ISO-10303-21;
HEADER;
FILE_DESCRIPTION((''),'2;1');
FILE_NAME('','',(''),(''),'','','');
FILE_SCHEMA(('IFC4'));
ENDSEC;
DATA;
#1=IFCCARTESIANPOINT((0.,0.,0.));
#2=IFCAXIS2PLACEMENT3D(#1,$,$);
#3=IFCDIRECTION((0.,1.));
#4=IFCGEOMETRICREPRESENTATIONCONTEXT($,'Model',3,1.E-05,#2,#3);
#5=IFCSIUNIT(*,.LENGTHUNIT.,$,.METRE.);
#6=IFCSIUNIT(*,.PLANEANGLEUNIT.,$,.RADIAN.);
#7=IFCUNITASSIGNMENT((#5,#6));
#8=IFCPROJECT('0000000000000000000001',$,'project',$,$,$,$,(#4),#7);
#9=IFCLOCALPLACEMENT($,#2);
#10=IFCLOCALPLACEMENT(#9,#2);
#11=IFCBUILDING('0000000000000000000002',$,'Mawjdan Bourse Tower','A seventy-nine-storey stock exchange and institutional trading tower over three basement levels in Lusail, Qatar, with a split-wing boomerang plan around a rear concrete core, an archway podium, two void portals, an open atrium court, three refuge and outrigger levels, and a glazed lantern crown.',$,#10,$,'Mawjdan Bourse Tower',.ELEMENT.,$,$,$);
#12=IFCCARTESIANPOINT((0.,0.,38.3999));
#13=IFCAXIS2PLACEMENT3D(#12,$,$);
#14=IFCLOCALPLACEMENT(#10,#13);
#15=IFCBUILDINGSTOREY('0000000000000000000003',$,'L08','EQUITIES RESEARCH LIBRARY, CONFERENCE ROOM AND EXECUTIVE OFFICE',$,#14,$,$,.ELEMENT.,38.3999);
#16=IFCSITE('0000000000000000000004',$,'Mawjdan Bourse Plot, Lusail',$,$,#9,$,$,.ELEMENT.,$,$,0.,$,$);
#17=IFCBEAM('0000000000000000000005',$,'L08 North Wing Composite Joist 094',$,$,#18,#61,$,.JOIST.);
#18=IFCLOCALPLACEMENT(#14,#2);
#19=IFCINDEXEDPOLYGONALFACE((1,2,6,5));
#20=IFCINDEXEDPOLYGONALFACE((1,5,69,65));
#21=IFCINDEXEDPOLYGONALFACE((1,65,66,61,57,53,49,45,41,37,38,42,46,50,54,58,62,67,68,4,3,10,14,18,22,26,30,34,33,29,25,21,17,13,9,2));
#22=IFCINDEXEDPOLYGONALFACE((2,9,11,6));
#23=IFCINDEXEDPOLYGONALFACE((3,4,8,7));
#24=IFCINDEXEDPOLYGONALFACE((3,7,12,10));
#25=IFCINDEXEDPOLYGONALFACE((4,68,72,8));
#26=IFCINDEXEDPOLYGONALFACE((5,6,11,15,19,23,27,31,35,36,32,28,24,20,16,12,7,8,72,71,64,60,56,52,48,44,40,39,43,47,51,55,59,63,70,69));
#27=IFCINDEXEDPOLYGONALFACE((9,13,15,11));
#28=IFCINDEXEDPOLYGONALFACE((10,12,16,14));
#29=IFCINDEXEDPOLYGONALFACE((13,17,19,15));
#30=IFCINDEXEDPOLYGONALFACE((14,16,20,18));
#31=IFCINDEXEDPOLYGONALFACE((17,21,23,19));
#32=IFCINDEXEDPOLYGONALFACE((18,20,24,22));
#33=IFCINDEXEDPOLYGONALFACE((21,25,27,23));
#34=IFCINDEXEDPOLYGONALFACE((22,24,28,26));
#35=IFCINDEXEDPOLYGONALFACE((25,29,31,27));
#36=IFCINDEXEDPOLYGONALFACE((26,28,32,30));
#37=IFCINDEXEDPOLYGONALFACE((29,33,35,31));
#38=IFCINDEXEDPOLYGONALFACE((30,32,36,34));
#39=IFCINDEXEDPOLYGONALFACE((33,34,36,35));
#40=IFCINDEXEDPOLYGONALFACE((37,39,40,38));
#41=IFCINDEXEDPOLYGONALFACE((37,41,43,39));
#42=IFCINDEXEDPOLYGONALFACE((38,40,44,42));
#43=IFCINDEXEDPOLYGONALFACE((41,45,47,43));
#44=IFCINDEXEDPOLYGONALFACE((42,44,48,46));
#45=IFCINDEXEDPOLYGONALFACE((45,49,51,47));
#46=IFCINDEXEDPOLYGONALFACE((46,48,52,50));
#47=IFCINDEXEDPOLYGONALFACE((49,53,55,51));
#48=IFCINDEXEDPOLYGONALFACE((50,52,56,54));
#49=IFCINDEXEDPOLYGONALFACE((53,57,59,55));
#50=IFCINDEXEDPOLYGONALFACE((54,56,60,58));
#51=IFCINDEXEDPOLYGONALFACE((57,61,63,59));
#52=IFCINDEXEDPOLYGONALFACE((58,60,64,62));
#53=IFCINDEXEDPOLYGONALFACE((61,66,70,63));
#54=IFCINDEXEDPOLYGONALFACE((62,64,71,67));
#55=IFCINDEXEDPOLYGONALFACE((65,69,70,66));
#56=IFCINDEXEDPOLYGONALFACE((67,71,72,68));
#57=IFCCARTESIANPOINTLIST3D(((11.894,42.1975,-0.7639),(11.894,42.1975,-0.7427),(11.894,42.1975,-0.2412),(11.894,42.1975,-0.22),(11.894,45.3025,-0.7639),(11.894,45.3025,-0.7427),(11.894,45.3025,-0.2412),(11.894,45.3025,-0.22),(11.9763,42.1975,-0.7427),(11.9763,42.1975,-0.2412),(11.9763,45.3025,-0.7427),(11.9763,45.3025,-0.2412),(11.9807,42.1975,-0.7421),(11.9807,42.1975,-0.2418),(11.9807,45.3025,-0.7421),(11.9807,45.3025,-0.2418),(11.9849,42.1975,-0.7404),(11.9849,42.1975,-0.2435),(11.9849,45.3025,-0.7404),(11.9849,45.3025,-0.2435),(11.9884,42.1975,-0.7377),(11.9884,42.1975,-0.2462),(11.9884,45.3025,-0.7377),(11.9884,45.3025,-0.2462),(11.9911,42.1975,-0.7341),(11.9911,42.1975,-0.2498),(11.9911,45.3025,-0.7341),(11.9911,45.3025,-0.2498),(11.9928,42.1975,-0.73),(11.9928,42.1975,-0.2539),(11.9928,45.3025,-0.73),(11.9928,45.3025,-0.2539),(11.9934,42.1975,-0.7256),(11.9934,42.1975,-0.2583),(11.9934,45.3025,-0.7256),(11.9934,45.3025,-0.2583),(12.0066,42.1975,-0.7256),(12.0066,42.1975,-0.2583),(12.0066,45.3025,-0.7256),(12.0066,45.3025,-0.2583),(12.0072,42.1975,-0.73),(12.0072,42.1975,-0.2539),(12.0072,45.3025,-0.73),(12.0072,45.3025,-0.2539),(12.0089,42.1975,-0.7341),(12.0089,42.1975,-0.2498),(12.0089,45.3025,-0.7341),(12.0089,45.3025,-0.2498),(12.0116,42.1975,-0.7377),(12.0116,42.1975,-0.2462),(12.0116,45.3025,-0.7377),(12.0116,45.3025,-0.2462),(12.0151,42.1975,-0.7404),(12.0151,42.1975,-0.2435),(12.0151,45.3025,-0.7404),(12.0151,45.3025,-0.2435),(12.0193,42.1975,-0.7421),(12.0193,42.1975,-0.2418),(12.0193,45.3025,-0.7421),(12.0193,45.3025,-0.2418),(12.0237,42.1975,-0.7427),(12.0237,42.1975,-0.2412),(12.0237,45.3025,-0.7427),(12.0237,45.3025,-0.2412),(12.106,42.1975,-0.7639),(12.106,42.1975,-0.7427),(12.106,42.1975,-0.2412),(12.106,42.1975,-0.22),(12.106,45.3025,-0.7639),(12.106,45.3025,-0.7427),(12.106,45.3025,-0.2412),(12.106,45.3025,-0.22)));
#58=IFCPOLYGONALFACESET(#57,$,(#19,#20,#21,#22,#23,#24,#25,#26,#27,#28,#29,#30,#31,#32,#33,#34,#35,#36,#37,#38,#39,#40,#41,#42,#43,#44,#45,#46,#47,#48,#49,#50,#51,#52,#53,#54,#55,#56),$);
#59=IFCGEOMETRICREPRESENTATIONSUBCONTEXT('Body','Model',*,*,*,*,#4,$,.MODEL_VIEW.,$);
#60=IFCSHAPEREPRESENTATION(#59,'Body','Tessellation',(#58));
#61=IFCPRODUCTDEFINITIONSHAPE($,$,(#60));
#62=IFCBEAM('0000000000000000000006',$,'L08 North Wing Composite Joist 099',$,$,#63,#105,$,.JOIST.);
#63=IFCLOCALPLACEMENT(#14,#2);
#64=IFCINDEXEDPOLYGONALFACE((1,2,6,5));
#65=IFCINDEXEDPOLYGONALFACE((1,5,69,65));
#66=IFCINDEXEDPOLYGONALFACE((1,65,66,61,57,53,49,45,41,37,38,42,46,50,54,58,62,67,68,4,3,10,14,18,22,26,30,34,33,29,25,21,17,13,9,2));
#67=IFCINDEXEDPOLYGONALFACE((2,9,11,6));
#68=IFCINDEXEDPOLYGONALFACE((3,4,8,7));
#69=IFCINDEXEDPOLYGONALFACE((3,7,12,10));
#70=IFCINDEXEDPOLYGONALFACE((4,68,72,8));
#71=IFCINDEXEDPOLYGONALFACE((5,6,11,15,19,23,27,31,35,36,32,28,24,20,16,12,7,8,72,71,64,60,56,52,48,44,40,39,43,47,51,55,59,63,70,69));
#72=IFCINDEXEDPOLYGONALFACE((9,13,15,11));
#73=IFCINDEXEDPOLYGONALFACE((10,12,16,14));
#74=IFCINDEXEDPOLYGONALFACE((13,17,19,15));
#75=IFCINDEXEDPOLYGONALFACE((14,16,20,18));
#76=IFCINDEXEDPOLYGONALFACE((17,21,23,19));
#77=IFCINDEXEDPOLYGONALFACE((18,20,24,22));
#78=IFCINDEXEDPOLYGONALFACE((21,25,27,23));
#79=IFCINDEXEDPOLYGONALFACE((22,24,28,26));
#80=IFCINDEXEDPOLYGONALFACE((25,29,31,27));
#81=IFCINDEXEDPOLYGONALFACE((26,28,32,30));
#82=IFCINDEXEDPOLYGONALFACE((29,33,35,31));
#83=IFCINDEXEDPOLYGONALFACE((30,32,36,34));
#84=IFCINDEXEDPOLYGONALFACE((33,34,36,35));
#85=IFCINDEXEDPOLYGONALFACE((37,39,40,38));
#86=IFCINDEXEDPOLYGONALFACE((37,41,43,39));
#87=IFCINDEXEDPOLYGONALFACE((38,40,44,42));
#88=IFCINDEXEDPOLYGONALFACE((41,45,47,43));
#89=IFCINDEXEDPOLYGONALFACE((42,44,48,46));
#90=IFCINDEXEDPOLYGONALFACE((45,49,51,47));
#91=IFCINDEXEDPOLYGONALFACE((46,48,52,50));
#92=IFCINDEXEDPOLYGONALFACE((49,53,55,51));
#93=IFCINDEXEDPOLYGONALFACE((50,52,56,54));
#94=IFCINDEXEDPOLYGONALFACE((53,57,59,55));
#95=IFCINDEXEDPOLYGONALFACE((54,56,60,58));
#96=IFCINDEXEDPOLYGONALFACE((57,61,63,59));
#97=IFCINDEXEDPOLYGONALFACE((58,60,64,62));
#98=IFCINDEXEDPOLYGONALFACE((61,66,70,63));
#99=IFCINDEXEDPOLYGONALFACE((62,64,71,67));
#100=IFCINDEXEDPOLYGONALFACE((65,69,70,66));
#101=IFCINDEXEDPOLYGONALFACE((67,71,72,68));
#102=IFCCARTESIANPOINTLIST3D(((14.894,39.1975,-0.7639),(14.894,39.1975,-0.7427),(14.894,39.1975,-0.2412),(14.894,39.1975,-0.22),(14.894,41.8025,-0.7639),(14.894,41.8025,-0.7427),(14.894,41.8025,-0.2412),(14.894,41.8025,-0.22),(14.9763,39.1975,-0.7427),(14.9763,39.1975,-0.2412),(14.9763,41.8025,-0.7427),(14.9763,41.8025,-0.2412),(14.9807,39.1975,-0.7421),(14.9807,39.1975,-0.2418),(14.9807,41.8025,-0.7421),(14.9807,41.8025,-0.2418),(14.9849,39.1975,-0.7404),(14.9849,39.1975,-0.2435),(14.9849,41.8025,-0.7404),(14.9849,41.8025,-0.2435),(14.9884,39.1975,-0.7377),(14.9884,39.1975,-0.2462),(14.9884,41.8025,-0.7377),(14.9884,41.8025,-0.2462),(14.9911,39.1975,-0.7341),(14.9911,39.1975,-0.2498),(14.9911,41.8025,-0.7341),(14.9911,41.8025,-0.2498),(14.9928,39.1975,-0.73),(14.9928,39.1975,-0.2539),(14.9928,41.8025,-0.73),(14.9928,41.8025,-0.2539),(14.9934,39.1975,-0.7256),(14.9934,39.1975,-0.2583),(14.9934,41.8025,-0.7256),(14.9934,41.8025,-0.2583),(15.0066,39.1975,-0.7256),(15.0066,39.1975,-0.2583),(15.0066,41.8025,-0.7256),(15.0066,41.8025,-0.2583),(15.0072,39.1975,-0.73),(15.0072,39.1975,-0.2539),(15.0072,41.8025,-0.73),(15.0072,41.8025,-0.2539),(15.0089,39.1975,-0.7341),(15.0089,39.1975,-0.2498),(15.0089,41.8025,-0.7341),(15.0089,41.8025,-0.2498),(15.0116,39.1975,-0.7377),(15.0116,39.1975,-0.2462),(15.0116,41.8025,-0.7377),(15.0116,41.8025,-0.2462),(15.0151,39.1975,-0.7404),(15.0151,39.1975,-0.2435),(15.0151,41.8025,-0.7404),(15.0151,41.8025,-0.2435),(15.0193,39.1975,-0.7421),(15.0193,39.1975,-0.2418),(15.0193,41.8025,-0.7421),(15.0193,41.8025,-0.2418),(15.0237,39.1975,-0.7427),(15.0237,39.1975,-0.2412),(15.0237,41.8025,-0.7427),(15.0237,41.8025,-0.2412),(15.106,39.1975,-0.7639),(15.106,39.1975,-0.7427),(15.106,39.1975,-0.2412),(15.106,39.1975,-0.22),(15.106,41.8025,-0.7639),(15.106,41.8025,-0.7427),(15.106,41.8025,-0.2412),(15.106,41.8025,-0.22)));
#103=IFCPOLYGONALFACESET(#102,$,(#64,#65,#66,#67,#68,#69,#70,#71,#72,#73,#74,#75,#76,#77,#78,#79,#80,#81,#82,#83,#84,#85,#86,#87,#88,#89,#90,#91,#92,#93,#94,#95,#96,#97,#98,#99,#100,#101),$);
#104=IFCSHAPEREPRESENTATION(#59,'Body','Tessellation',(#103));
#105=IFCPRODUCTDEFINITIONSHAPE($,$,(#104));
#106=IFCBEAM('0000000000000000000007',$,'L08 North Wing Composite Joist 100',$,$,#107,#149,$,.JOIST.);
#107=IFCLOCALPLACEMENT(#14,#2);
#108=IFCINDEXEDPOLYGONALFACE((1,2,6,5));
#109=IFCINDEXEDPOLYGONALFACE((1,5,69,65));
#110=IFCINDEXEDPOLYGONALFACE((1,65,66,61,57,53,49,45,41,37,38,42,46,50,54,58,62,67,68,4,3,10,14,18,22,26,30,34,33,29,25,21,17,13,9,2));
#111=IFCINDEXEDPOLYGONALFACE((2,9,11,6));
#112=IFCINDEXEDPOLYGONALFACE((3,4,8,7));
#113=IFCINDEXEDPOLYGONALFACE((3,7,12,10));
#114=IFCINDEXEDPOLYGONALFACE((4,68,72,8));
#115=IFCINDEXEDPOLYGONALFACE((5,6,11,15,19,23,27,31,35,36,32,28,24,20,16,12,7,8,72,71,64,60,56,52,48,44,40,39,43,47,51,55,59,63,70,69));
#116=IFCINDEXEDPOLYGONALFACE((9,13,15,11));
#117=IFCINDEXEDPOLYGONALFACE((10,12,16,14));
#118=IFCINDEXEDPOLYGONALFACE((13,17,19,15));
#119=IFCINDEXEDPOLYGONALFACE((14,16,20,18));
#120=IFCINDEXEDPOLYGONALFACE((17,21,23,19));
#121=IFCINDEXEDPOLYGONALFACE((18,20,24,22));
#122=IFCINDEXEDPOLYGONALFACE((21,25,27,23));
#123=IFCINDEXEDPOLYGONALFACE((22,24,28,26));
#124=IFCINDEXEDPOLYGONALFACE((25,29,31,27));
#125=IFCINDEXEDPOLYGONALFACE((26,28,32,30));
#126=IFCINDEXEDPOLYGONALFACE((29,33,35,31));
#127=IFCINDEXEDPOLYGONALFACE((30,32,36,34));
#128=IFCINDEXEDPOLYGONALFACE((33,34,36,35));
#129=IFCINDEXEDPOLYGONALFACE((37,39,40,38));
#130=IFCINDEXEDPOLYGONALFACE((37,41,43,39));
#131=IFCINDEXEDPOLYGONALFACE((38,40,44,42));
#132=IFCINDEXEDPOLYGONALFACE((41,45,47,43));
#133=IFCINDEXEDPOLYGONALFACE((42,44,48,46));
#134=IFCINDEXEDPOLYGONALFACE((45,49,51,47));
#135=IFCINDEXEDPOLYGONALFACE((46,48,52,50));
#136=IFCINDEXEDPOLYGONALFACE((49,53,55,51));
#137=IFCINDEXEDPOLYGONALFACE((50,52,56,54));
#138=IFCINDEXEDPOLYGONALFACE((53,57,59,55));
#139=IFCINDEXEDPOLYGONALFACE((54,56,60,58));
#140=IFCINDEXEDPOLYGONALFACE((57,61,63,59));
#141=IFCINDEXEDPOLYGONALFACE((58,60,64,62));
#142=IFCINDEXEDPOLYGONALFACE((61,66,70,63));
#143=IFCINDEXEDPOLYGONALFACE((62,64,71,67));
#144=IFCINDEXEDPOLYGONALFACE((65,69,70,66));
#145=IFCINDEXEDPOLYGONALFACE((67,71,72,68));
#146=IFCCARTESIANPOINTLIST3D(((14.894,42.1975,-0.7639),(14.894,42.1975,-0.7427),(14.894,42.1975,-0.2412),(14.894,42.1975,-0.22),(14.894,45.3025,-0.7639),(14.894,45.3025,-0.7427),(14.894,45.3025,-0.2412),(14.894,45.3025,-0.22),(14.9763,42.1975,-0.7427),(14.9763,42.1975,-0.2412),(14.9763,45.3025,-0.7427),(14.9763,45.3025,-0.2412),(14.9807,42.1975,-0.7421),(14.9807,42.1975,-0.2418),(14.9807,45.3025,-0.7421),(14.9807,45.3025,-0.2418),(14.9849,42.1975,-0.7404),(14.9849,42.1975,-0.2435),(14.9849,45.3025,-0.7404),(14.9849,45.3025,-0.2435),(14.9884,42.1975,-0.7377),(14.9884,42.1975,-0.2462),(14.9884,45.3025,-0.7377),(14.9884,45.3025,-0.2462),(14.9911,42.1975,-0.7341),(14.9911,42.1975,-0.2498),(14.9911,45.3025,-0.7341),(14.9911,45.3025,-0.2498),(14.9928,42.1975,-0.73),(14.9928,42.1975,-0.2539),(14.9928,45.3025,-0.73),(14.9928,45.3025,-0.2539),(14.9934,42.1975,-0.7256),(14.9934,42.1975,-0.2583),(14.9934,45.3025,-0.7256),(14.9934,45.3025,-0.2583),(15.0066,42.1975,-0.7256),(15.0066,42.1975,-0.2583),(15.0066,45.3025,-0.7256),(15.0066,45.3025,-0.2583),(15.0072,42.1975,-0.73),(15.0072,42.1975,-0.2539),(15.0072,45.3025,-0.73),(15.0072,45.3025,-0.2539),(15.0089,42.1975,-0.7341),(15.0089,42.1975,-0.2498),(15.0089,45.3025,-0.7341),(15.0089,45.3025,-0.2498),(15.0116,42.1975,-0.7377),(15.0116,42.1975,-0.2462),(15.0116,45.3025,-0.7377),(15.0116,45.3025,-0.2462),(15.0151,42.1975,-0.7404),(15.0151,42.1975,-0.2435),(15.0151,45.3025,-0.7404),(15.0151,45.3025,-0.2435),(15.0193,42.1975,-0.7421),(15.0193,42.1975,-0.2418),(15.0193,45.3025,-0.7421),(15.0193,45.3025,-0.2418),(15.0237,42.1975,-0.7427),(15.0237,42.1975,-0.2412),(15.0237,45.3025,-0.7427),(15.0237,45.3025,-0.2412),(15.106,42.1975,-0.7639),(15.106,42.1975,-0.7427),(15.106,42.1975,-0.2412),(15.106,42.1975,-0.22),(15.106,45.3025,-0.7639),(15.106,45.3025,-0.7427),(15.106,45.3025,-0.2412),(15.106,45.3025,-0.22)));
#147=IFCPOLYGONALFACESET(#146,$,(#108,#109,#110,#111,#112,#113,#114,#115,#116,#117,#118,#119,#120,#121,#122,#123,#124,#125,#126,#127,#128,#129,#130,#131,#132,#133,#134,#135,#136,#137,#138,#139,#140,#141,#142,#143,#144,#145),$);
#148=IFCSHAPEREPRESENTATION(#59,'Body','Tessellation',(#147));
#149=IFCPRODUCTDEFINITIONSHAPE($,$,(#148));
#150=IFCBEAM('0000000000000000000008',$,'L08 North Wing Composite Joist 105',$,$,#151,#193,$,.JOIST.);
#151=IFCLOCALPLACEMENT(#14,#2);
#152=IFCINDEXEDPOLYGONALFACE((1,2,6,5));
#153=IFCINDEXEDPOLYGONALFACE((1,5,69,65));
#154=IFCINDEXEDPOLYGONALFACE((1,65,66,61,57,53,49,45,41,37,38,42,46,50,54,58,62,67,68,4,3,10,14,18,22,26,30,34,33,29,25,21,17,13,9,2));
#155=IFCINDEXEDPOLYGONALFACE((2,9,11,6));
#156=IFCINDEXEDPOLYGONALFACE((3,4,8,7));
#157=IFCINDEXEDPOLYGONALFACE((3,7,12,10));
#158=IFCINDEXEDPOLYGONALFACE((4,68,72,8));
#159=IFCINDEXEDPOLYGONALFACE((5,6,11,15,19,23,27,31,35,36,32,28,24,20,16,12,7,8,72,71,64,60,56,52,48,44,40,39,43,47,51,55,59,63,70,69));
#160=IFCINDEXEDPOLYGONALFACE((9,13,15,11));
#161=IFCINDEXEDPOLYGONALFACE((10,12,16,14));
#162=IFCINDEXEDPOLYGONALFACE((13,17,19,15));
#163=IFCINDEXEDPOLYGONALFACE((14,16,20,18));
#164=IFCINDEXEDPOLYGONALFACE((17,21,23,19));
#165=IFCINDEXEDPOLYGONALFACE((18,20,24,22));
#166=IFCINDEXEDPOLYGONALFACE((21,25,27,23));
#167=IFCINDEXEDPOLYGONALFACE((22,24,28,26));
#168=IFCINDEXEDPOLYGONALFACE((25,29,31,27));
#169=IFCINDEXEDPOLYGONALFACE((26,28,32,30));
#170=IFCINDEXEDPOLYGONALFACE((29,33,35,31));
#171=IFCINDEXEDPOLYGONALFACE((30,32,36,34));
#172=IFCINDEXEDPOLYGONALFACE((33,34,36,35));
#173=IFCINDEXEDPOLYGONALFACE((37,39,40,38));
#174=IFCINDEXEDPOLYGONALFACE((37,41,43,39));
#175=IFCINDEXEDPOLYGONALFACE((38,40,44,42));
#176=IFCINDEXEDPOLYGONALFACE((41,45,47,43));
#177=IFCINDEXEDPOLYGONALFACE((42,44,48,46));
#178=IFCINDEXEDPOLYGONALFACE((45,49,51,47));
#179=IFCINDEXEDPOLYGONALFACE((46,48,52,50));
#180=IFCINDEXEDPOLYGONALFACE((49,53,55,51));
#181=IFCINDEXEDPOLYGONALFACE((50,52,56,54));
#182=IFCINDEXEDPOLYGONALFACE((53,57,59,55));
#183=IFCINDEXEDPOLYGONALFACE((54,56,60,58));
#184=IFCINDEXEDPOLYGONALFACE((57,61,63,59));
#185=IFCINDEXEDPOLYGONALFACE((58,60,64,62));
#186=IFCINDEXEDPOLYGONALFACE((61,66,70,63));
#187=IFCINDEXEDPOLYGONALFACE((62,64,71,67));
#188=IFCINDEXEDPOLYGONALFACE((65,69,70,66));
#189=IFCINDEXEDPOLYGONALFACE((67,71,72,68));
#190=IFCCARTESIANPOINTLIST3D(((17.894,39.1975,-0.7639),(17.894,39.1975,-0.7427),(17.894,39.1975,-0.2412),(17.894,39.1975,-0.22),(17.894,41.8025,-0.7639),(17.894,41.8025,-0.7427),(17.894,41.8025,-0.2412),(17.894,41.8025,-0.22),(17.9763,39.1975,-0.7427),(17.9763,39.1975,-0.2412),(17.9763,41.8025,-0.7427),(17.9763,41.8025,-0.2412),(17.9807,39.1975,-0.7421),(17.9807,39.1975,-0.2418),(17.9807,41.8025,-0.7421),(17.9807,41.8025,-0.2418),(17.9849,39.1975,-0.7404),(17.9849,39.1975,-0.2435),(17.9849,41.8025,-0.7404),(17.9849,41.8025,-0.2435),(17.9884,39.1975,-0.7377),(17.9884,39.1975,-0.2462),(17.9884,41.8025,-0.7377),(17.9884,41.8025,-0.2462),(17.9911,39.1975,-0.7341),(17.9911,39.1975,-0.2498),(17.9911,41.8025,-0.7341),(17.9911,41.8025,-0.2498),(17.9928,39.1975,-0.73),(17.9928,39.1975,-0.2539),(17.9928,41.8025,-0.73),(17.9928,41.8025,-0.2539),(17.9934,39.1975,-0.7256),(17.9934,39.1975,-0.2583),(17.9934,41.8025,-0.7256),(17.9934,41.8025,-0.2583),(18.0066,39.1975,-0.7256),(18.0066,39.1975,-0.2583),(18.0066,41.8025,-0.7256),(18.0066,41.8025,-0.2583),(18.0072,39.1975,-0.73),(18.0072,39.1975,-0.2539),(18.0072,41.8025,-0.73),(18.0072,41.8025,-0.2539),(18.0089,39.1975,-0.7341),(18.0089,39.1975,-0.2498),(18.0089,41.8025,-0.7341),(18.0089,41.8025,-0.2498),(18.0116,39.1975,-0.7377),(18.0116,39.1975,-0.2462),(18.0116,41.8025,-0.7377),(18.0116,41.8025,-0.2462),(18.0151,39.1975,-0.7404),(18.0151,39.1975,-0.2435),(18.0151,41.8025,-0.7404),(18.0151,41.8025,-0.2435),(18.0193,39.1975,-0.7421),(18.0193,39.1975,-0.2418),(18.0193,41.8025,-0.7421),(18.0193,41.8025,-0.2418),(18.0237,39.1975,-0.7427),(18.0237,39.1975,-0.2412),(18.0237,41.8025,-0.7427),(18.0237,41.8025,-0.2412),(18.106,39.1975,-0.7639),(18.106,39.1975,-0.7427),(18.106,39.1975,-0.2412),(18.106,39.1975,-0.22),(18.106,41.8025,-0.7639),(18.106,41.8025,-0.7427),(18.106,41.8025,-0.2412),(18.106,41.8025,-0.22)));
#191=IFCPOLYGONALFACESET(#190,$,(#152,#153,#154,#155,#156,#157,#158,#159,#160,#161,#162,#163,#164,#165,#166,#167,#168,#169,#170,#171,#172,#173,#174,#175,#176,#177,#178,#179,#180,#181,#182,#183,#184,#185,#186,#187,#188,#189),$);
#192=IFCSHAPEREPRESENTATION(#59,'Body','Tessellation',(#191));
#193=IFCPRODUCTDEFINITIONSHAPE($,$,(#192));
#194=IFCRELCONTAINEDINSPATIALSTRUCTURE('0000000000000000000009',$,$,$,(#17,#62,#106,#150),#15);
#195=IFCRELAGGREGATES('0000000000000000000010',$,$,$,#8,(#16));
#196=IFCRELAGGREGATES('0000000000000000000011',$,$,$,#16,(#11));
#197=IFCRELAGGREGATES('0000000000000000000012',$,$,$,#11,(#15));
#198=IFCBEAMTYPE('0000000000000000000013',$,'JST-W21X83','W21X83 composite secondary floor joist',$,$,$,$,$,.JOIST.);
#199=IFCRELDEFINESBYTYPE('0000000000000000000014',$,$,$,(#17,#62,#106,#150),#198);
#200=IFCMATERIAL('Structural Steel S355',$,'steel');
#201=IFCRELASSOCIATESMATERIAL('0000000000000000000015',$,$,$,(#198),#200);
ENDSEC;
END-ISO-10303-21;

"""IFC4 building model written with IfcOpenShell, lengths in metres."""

from ifc_helpers import new_model, si_unit, direction, frame, origin, origin_2d, place, context, subcontext, project, spatial, i_section, extrude, material, material_profile, profile_set, type_object, element, save


model = new_model("IFC4")

# Units and contexts
model_context = context("Model", 3, precision=1e-05, world=origin(), true_north=direction((0.0, 1.0)))
body_context = subcontext(model_context, "Body", "Model", "MODEL_VIEW")
ifc_project = project(units=[si_unit("LENGTHUNIT", "METRE"), si_unit("PLANEANGLEUNIT", "RADIAN")], contexts=[model_context])

# Site, building, storey
site_placement = place(None, origin())
site = spatial("IfcSite", under=ifc_project, at=site_placement, Name="Mawjdan Bourse Plot, Lusail", CompositionType="ELEMENT", RefElevation=0.0)
building_placement = place(site_placement, origin())
building = spatial("IfcBuilding", under=site, at=building_placement, Name="Mawjdan Bourse Tower", Description="A seventy-nine-storey stock exchange and institutional trading tower over three basement levels in Lusail, Qatar, with a split-wing boomerang plan around a rear concrete core, an archway podium, two void portals, an open atrium court, three refuge and outrigger levels, and a glazed lantern crown.", LongName="Mawjdan Bourse Tower", CompositionType="ELEMENT")
storey_placement = place(building_placement, frame((0.0, 0.0, 38.3999)))
storey = spatial("IfcBuildingStorey", under=building, at=storey_placement, Name="L08", Description="EQUITIES RESEARCH LIBRARY, CONFERENCE ROOM AND EXECUTIVE OFFICE", CompositionType="ELEMENT", Elevation=38.3999)

# Beams
ifc_material_1 = material(Name="Structural Steel S355", Category="steel")
ifc_material_profile_1 = material_profile(ifc_material_1, i_section(OverallWidth=0.2119, OverallDepth=0.5439, WebThickness=0.0132, FlangeThickness=0.0212, FilletRadius=0.0171, at=origin_2d()), Name="W21X83")
ifc_profile_set_1 = profile_set([ifc_material_profile_1], Name="Structural Steel S355")
beam_type_1 = type_object("IfcBeamType", Name="JST-W21X83", Description="W21X83 composite secondary floor joist", PredefinedType="JOIST", material=ifc_profile_set_1)
beam_1_placement = place(storey_placement, frame((12.0, 42.1975, -0.4919), z_axis=(0.0, 1.0, 0.0), x_axis=(-1.0, 0.0, 0.0)))
element("IfcBeam", 1, at=beam_1_placement, inside=storey, type_object=beam_type_1, Name="L08 North Wing Composite Joist 094", PredefinedType="JOIST", context=body_context, shape_type="SweptSolid", body=[
    extrude(i_section(OverallWidth=0.2119, OverallDepth=0.5439, WebThickness=0.0132, FlangeThickness=0.0212, FilletRadius=0.0171, at=origin_2d()), origin(), (0.0, 0.0, 1.0), 3.105),
])
beam_2_placement = place(storey_placement, frame((15.0, 39.1975, -0.4919), z_axis=(0.0, 1.0, 0.0), x_axis=(-1.0, 0.0, 0.0)))
element("IfcBeam", 2, at=beam_2_placement, inside=storey, type_object=beam_type_1, Name="L08 North Wing Composite Joist 099", PredefinedType="JOIST", context=body_context, shape_type="SweptSolid", body=[
    extrude(i_section(OverallWidth=0.2119, OverallDepth=0.5439, WebThickness=0.0132, FlangeThickness=0.0212, FilletRadius=0.0171, at=origin_2d()), origin(), (0.0, 0.0, 1.0), 2.605),
])
beam_3_placement = place(storey_placement, frame((15.0, 42.1975, -0.4919), z_axis=(0.0, 1.0, 0.0), x_axis=(-1.0, 0.0, 0.0)))
element("IfcBeam", 3, at=beam_3_placement, inside=storey, type_object=beam_type_1, Name="L08 North Wing Composite Joist 100", PredefinedType="JOIST", context=body_context, shape_type="SweptSolid", body=[
    extrude(i_section(OverallWidth=0.2119, OverallDepth=0.5439, WebThickness=0.0132, FlangeThickness=0.0212, FilletRadius=0.0171, at=origin_2d()), origin(), (0.0, 0.0, 1.0), 3.105),
])
beam_4_placement = place(storey_placement, frame((18.0, 39.1975, -0.4919), z_axis=(0.0, 1.0, 0.0), x_axis=(-1.0, 0.0, 0.0)))
element("IfcBeam", 4, at=beam_4_placement, inside=storey, type_object=beam_type_1, Name="L08 North Wing Composite Joist 105", PredefinedType="JOIST", context=body_context, shape_type="SweptSolid", body=[
    extrude(i_section(OverallWidth=0.2119, OverallDepth=0.5439, WebThickness=0.0132, FlangeThickness=0.0212, FilletRadius=0.0171, at=origin_2d()), origin(), (0.0, 0.0, 1.0), 2.605),
])

save(model, "model.ifc")
